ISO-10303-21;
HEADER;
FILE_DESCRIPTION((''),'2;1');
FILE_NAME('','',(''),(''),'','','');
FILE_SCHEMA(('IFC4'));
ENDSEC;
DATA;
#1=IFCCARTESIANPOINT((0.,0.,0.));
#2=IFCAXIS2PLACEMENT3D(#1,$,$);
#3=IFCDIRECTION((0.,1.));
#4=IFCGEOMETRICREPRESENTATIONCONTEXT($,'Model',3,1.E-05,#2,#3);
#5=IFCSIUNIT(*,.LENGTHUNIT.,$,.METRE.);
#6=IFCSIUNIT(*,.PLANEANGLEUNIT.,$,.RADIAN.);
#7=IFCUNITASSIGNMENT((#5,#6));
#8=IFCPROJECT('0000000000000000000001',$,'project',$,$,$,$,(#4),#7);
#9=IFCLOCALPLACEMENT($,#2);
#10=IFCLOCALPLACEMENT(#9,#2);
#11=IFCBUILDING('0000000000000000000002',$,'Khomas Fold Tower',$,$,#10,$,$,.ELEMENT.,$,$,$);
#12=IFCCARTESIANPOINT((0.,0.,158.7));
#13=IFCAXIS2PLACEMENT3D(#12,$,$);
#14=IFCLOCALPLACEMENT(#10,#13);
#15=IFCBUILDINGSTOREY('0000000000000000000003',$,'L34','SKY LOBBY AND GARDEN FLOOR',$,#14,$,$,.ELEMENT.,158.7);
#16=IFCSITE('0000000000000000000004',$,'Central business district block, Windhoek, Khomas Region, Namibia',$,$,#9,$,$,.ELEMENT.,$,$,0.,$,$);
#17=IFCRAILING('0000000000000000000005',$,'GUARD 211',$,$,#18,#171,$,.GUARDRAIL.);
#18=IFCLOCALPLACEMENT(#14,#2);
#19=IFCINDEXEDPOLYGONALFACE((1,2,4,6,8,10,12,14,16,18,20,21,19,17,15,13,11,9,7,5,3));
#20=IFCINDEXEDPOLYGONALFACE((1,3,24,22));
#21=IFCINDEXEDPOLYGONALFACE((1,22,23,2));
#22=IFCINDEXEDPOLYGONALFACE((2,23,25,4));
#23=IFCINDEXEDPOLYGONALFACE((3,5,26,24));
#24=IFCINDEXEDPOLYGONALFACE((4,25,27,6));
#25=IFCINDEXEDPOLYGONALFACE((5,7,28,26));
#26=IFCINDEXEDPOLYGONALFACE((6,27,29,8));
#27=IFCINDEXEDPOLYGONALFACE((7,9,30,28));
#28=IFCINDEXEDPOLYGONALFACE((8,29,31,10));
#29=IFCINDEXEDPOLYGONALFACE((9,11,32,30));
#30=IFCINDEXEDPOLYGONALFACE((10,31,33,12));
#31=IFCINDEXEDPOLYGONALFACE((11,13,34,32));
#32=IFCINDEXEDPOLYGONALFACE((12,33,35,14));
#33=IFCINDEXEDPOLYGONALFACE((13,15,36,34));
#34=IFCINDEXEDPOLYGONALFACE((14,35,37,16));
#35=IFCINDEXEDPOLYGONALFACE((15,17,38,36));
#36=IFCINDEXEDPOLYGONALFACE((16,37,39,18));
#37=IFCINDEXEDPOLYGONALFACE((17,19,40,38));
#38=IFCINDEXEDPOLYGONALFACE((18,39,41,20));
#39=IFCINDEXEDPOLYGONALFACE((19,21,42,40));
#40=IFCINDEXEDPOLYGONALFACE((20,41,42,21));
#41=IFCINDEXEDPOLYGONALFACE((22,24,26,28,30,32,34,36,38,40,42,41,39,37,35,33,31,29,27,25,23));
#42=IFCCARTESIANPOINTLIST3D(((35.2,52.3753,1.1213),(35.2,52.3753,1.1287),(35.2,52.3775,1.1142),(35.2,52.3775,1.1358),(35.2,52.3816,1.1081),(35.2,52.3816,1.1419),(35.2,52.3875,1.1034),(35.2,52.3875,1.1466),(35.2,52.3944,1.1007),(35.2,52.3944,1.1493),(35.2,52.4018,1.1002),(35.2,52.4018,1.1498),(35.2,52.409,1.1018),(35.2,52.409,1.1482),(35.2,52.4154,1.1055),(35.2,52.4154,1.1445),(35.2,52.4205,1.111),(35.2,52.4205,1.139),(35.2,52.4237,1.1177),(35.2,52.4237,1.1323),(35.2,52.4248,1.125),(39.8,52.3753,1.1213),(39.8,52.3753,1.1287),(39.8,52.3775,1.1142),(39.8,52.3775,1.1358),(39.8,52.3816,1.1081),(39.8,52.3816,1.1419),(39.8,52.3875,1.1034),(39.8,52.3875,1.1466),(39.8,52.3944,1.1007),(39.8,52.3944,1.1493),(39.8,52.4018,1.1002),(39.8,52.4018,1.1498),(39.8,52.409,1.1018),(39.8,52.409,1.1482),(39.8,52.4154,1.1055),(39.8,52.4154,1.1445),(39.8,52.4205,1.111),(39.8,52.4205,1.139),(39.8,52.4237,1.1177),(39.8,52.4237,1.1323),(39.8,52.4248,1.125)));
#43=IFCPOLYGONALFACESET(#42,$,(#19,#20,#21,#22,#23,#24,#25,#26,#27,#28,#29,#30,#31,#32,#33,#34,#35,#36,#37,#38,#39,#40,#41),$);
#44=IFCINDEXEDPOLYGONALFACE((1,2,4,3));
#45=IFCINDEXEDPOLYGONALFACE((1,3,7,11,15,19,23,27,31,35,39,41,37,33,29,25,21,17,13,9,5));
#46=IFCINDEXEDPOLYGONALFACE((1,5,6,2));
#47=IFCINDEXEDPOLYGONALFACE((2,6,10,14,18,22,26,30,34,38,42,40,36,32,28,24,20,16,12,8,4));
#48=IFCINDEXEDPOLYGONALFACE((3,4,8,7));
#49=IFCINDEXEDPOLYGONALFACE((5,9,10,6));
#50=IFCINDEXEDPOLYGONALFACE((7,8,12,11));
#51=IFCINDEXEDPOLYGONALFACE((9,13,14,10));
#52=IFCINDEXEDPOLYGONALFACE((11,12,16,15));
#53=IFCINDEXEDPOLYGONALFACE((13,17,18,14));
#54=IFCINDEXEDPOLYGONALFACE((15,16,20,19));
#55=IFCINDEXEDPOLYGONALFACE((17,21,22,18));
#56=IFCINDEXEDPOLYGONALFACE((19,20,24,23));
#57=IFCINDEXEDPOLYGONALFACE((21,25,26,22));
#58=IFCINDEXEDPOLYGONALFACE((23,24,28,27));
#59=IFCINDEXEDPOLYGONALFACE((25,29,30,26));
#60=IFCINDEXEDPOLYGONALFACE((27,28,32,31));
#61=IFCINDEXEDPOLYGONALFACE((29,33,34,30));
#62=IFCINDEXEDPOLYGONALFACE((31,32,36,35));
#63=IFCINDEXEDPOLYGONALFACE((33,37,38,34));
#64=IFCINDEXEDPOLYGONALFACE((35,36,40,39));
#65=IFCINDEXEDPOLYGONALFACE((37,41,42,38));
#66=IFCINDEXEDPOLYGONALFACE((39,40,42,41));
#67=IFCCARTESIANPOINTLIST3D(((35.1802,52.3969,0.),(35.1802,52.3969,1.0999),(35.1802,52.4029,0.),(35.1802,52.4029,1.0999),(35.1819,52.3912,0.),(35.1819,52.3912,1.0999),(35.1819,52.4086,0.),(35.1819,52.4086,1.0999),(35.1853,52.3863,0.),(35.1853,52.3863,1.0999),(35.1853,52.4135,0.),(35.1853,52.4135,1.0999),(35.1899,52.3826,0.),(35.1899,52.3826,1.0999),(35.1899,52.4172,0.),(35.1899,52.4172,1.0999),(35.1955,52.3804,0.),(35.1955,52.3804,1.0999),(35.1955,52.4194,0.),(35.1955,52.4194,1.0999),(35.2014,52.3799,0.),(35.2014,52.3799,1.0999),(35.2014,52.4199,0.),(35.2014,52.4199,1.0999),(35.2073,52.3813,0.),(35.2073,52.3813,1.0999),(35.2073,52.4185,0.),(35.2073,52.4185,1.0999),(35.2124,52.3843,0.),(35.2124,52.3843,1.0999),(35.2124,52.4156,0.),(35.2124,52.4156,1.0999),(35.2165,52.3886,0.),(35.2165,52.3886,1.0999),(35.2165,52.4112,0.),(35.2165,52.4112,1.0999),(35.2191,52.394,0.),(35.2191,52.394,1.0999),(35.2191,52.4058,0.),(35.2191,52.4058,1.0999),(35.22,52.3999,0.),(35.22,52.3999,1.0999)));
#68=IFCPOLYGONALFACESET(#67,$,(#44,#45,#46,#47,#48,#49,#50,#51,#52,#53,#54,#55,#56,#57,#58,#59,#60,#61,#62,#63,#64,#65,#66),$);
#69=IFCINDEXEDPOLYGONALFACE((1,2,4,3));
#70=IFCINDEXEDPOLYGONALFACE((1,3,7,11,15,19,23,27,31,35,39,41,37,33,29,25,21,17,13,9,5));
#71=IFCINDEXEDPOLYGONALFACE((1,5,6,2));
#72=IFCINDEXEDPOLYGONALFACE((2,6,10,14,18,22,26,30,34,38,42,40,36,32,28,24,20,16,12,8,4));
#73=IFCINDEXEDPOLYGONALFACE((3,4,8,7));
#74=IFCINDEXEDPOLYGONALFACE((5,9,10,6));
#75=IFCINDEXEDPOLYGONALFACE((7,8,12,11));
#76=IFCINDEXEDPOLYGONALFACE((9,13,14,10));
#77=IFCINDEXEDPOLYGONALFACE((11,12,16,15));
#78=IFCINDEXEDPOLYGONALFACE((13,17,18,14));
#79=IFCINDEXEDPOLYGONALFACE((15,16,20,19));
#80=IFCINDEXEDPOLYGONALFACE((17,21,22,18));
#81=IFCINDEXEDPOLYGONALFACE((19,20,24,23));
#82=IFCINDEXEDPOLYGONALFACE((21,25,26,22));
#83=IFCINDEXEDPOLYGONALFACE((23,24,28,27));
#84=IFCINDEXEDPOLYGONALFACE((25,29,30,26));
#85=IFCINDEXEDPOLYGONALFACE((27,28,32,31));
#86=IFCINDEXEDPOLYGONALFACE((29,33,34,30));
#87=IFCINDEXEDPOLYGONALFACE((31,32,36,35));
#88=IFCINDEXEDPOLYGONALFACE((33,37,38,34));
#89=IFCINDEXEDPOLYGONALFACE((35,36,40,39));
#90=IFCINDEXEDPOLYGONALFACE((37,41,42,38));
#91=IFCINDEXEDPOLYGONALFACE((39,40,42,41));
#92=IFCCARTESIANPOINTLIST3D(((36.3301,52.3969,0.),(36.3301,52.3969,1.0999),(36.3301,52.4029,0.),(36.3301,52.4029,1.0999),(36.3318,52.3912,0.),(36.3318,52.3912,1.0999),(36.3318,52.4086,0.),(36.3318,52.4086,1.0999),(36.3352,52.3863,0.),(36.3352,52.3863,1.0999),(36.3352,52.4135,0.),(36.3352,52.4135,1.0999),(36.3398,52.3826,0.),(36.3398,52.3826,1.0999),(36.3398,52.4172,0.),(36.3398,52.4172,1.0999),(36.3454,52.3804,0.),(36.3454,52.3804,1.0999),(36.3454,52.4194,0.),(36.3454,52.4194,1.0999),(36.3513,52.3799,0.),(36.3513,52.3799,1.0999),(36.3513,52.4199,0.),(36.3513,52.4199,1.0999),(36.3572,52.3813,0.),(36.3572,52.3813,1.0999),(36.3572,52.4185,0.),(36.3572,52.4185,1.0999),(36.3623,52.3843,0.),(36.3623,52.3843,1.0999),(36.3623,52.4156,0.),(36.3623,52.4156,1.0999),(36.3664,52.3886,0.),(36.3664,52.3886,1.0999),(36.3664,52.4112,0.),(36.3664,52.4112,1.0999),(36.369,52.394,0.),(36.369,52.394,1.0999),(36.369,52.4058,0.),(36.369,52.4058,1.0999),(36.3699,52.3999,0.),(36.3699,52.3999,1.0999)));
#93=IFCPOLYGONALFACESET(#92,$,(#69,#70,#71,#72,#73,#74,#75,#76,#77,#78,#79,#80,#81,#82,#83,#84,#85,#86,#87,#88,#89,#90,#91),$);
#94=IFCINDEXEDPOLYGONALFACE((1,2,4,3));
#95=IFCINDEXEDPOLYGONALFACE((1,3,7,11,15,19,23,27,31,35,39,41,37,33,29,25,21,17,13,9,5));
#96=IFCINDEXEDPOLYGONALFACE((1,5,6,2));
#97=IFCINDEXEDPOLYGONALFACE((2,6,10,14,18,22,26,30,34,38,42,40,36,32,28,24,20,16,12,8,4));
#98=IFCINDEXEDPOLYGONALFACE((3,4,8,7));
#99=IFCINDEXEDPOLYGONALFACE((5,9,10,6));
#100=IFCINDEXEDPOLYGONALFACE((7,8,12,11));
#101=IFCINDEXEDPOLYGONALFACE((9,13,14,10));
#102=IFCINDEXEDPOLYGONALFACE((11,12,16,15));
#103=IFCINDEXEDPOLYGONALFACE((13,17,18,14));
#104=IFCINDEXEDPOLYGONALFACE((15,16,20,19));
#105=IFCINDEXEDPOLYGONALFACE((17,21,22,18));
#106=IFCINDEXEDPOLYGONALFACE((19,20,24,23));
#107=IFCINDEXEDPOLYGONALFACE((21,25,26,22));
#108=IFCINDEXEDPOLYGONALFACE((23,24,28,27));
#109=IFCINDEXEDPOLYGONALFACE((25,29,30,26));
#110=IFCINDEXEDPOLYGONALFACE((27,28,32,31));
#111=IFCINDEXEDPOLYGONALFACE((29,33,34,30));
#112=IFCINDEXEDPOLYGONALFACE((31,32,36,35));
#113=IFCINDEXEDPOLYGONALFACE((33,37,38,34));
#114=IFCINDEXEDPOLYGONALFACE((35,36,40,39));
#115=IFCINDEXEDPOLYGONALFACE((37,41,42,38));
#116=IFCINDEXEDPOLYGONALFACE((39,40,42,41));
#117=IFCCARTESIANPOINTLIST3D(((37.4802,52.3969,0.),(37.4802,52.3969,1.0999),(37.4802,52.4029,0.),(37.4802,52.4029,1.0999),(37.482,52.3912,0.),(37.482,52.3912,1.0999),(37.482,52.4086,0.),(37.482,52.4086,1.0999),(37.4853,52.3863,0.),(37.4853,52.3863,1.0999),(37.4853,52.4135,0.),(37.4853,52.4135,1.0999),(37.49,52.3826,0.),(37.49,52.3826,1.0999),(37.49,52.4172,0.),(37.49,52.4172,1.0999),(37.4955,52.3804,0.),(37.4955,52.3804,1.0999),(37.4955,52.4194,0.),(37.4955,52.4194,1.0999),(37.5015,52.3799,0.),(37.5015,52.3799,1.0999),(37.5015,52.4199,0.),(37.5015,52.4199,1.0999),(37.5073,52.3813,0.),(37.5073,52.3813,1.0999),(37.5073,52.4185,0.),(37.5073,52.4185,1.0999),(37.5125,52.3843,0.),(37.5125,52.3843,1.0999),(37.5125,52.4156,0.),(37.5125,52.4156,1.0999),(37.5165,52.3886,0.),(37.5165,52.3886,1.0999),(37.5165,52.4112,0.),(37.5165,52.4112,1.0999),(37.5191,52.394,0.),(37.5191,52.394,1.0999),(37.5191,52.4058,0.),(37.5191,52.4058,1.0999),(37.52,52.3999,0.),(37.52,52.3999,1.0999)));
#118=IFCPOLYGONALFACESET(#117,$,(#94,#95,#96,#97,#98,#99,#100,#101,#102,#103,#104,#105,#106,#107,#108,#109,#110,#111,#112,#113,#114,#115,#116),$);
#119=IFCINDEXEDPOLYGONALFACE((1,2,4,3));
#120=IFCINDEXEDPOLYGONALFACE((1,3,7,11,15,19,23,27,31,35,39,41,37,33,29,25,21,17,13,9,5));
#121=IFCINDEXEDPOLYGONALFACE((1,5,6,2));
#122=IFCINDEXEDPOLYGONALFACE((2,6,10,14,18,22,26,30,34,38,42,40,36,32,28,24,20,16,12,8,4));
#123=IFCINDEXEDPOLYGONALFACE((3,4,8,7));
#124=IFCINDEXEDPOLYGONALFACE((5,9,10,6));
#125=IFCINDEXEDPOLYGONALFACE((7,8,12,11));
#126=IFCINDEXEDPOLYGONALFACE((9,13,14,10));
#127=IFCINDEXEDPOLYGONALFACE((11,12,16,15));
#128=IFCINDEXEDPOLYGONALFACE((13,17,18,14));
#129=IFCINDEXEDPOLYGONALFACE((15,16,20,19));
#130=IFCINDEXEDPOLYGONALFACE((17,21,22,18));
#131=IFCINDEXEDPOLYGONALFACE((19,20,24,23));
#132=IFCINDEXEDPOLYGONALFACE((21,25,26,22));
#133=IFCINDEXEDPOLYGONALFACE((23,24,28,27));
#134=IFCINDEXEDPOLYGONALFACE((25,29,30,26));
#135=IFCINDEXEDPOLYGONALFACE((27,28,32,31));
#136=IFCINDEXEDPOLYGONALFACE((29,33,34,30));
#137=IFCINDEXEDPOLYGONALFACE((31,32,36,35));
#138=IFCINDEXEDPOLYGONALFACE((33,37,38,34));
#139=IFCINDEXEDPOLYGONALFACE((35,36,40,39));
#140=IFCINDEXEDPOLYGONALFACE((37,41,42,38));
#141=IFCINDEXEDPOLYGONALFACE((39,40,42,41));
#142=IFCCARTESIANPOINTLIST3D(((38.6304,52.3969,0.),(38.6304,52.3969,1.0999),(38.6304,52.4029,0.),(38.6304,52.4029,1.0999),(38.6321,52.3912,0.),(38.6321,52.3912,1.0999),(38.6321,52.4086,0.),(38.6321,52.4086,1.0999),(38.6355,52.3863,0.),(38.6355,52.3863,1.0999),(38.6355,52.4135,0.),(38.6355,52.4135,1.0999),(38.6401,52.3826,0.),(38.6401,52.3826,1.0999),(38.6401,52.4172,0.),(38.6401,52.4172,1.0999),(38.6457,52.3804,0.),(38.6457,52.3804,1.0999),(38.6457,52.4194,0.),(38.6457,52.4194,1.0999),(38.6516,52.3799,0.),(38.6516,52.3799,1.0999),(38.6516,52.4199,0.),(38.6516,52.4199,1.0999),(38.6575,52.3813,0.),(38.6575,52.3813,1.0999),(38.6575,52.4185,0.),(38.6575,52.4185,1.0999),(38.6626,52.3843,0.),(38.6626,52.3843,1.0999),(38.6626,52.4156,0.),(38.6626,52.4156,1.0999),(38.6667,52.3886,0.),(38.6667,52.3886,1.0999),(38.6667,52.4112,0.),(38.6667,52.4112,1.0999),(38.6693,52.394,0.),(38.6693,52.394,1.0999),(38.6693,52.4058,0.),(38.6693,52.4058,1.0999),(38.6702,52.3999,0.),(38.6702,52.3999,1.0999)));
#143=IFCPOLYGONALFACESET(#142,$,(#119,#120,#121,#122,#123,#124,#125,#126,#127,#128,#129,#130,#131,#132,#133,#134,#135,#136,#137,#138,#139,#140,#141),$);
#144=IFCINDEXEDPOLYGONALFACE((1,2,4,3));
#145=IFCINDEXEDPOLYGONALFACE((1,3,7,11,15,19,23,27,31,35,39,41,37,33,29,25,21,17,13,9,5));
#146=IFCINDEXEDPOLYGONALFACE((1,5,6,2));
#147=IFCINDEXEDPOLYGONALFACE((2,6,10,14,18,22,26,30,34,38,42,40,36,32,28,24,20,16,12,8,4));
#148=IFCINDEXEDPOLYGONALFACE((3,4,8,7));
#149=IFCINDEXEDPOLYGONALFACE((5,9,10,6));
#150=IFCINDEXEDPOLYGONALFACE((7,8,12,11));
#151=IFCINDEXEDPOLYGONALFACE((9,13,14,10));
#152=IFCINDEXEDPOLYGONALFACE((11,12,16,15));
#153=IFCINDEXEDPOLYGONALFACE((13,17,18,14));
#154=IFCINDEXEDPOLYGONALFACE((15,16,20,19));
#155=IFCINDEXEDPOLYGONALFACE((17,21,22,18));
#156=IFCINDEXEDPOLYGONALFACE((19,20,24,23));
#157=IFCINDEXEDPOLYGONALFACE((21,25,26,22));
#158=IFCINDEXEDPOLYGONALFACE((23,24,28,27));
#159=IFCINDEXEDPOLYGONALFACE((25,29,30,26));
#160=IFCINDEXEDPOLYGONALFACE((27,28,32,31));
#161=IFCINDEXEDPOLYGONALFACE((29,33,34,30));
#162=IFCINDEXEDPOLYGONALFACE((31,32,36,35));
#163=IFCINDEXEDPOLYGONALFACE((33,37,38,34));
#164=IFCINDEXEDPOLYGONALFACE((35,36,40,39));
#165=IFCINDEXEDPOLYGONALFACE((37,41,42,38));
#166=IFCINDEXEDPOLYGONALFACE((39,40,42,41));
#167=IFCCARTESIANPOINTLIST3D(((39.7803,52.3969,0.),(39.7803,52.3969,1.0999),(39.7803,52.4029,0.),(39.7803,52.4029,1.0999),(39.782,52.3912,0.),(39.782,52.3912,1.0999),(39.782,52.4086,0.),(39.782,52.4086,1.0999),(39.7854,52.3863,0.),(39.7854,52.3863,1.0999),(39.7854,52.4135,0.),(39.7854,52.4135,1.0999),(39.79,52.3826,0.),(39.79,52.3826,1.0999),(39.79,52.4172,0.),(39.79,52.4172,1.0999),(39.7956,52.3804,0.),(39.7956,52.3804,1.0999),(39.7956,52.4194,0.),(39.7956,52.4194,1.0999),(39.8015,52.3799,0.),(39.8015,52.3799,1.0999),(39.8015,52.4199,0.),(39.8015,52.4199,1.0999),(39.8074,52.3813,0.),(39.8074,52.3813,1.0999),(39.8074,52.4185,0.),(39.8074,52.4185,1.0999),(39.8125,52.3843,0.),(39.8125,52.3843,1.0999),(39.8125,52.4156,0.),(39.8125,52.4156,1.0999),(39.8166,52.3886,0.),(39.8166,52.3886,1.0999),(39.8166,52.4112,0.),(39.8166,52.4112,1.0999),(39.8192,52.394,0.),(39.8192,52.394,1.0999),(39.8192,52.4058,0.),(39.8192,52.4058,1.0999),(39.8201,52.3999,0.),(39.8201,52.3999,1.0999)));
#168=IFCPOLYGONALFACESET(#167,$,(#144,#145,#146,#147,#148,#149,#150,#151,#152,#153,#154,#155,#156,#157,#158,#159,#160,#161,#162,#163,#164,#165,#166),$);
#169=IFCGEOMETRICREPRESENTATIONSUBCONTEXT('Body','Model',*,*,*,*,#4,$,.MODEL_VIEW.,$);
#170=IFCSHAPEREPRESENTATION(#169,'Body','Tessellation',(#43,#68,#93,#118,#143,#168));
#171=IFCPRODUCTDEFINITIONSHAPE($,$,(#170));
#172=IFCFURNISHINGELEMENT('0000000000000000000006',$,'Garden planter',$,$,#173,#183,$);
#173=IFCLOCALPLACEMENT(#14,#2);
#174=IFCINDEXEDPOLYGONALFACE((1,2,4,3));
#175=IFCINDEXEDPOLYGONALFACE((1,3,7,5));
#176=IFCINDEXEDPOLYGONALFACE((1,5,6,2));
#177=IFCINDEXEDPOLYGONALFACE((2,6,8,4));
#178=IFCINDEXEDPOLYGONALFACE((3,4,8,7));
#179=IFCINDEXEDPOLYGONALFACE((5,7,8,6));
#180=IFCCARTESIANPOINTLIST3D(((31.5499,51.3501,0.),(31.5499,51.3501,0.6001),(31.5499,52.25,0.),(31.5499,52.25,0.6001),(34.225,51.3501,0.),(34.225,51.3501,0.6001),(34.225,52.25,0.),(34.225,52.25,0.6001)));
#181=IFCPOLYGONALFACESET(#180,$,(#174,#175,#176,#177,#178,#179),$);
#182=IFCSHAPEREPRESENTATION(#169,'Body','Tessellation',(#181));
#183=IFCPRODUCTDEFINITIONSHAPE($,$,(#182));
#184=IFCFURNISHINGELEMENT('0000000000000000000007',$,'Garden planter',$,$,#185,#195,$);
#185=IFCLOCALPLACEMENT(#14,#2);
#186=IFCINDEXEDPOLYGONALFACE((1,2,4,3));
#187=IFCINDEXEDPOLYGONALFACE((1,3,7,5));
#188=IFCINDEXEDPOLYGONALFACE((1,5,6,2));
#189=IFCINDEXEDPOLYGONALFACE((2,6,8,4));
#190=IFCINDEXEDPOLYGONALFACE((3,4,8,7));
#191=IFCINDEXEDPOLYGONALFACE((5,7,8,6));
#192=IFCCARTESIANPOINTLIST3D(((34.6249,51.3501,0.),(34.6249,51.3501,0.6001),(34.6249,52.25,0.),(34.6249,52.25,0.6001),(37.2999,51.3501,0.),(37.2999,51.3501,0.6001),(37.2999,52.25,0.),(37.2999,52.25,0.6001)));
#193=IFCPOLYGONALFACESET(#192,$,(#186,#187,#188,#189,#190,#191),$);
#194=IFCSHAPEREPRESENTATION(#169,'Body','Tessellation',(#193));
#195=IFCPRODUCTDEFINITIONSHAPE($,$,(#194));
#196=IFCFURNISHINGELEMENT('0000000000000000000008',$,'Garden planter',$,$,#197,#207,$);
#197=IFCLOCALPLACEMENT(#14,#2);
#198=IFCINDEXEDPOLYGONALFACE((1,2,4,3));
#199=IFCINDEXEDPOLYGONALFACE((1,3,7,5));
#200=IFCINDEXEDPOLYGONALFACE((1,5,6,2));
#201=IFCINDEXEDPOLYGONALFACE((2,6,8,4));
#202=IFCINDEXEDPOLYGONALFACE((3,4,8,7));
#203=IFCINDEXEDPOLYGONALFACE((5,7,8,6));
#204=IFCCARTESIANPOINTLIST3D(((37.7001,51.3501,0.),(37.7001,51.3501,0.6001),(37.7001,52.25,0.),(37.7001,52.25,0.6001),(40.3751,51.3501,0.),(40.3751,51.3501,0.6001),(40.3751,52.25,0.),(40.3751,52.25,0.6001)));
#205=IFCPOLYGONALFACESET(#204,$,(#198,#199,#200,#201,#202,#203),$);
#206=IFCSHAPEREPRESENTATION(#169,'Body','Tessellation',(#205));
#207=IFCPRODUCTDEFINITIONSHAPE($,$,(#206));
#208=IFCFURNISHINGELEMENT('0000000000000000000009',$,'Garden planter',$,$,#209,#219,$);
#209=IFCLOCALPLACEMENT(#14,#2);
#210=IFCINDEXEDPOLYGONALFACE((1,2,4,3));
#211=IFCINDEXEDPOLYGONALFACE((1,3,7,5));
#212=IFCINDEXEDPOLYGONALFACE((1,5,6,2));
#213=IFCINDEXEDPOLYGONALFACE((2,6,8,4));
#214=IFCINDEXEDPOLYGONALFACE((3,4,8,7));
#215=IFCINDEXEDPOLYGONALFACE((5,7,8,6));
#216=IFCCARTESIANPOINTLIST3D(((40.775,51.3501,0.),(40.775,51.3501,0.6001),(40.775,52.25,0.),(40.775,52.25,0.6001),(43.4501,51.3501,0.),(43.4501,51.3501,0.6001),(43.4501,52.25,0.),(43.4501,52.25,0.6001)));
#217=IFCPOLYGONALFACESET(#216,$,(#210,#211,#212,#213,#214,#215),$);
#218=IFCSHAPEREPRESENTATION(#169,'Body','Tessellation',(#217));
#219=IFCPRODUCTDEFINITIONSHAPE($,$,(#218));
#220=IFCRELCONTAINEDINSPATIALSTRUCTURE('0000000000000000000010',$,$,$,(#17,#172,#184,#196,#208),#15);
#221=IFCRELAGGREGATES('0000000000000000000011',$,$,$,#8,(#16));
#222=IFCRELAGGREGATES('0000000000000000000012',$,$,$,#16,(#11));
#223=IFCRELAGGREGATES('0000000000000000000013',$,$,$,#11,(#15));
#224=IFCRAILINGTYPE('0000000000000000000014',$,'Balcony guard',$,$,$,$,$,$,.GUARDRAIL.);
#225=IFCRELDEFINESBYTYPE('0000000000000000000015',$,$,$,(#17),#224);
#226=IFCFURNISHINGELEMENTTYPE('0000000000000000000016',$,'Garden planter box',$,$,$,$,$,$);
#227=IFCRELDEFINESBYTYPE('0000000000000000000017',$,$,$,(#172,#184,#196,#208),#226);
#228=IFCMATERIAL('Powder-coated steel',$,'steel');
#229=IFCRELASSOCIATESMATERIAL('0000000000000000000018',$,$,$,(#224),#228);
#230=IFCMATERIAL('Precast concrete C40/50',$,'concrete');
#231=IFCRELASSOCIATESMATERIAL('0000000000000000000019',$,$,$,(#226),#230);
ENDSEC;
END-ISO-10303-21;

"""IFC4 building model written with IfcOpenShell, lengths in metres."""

from ifc_helpers import new_model, si_unit, direction, frame, origin, origin_2d, place, context, subcontext, project, spatial, rectangle, circle, extrude, source, transform, mapped, material, type_object, element, save


model = new_model("IFC4")

# Units and contexts
model_context = context("Model", 3, precision=1e-05, world=origin(), true_north=direction((0.0, 1.0)))
body_context = subcontext(model_context, "Body", "Model", "MODEL_VIEW")
ifc_project = project(units=[si_unit("LENGTHUNIT", "METRE"), si_unit("PLANEANGLEUNIT", "RADIAN")], contexts=[model_context])

# Site, building, storey
site_placement = place(None, origin())
site = spatial("IfcSite", under=ifc_project, at=site_placement, Name="Central business district block, Windhoek, Khomas Region, Namibia", CompositionType="ELEMENT", RefElevation=0.0)
building_placement = place(site_placement, origin())
building = spatial("IfcBuilding", under=site, at=building_placement, Name="Khomas Fold Tower", CompositionType="ELEMENT")
storey_placement = place(building_placement, frame((0.0, 0.0, 158.7)))
storey = spatial("IfcBuildingStorey", under=building, at=storey_placement, Name="L34", Description="SKY LOBBY AND GARDEN FLOOR", CompositionType="ELEMENT", Elevation=158.7)

# Railing
ifc_material_1 = material(Name="Powder-coated steel", Category="steel")
railing_type = type_object("IfcRailingType", Name="Balcony guard", PredefinedType="GUARDRAIL", material=ifc_material_1)
shared_shape_1 = source(origin(), body_context, "Body", "SweptSolid", [
    extrude(circle(Radius=0.0249, at=origin_2d()), frame((0.0, 0.0, 1.125), z_axis=(1.0, 0.0, 0.0), x_axis=(0.0, 1.0, 0.0)), (0.0, 0.0, 1.0), 4.6001),
    extrude(circle(Radius=0.02, at=origin_2d()), origin(), (0.0, 0.0, 1.0), 1.0999),
    extrude(circle(Radius=0.02, at=origin_2d()), frame((1.1499, 0.0, 0.0)), (0.0, 0.0, 1.0), 1.0999),
    extrude(circle(Radius=0.02, at=origin_2d()), frame((2.3, 0.0, 0.0)), (0.0, 0.0, 1.0), 1.0999),
    extrude(circle(Radius=0.02, at=origin_2d()), frame((3.4502, 0.0, 0.0)), (0.0, 0.0, 1.0), 1.0999),
    extrude(circle(Radius=0.02, at=origin_2d()), frame((4.6001, 0.0, 0.0)), (0.0, 0.0, 1.0), 1.0999),
])
railing_placement = place(storey_placement, frame((35.2, 52.3999, 0.0)))
element("IfcRailing", 1, at=railing_placement, inside=storey, type_object=railing_type, Name="GUARD 211", PredefinedType="GUARDRAIL", context=body_context, shape_type="MappedRepresentation", body=[
    mapped(shared_shape_1, transform((0.0, 0.0, 0.0))),
])

# Furnishing elements
ifc_material_2 = material(Name="Precast concrete C40/50", Category="concrete")
furnishing_element_type_1 = type_object("IfcFurnishingElementType", Name="Garden planter box", material=ifc_material_2)
shared_shape_2 = source(origin(), body_context, "Body", "SweptSolid", [
    extrude(rectangle(XDim=2.675, YDim=0.8999, at=origin_2d()), origin(), (0.0, 0.0, 1.0), 0.6001),
])
for number, where, z_axis, x_axis, name in (
    (2, (32.8875, 51.8, 0.0), (0.0, 0.0, 1.0), (1.0, 0.0, 0.0), "Garden planter"),
    (3, (35.9624, 51.8, 0.0), (0.0, 0.0, 1.0), (1.0, 0.0, 0.0), "Garden planter"),
    (4, (39.0376, 51.8, 0.0), (0.0, 0.0, 1.0), (1.0, 0.0, 0.0), "Garden planter"),
    (5, (42.1125, 51.8, 0.0), (0.0, 0.0, 1.0), (1.0, 0.0, 0.0), "Garden planter"),
):
    element("IfcFurnishingElement", number, at=place(storey_placement, frame(where, z_axis=z_axis, x_axis=x_axis)), inside=storey, type_object=furnishing_element_type_1, Name=name, context=body_context, shape_type="MappedRepresentation", body=[
        mapped(shared_shape_2, transform((0.0, 0.0, 0.0))),
    ])

save(model, "model.ifc")
